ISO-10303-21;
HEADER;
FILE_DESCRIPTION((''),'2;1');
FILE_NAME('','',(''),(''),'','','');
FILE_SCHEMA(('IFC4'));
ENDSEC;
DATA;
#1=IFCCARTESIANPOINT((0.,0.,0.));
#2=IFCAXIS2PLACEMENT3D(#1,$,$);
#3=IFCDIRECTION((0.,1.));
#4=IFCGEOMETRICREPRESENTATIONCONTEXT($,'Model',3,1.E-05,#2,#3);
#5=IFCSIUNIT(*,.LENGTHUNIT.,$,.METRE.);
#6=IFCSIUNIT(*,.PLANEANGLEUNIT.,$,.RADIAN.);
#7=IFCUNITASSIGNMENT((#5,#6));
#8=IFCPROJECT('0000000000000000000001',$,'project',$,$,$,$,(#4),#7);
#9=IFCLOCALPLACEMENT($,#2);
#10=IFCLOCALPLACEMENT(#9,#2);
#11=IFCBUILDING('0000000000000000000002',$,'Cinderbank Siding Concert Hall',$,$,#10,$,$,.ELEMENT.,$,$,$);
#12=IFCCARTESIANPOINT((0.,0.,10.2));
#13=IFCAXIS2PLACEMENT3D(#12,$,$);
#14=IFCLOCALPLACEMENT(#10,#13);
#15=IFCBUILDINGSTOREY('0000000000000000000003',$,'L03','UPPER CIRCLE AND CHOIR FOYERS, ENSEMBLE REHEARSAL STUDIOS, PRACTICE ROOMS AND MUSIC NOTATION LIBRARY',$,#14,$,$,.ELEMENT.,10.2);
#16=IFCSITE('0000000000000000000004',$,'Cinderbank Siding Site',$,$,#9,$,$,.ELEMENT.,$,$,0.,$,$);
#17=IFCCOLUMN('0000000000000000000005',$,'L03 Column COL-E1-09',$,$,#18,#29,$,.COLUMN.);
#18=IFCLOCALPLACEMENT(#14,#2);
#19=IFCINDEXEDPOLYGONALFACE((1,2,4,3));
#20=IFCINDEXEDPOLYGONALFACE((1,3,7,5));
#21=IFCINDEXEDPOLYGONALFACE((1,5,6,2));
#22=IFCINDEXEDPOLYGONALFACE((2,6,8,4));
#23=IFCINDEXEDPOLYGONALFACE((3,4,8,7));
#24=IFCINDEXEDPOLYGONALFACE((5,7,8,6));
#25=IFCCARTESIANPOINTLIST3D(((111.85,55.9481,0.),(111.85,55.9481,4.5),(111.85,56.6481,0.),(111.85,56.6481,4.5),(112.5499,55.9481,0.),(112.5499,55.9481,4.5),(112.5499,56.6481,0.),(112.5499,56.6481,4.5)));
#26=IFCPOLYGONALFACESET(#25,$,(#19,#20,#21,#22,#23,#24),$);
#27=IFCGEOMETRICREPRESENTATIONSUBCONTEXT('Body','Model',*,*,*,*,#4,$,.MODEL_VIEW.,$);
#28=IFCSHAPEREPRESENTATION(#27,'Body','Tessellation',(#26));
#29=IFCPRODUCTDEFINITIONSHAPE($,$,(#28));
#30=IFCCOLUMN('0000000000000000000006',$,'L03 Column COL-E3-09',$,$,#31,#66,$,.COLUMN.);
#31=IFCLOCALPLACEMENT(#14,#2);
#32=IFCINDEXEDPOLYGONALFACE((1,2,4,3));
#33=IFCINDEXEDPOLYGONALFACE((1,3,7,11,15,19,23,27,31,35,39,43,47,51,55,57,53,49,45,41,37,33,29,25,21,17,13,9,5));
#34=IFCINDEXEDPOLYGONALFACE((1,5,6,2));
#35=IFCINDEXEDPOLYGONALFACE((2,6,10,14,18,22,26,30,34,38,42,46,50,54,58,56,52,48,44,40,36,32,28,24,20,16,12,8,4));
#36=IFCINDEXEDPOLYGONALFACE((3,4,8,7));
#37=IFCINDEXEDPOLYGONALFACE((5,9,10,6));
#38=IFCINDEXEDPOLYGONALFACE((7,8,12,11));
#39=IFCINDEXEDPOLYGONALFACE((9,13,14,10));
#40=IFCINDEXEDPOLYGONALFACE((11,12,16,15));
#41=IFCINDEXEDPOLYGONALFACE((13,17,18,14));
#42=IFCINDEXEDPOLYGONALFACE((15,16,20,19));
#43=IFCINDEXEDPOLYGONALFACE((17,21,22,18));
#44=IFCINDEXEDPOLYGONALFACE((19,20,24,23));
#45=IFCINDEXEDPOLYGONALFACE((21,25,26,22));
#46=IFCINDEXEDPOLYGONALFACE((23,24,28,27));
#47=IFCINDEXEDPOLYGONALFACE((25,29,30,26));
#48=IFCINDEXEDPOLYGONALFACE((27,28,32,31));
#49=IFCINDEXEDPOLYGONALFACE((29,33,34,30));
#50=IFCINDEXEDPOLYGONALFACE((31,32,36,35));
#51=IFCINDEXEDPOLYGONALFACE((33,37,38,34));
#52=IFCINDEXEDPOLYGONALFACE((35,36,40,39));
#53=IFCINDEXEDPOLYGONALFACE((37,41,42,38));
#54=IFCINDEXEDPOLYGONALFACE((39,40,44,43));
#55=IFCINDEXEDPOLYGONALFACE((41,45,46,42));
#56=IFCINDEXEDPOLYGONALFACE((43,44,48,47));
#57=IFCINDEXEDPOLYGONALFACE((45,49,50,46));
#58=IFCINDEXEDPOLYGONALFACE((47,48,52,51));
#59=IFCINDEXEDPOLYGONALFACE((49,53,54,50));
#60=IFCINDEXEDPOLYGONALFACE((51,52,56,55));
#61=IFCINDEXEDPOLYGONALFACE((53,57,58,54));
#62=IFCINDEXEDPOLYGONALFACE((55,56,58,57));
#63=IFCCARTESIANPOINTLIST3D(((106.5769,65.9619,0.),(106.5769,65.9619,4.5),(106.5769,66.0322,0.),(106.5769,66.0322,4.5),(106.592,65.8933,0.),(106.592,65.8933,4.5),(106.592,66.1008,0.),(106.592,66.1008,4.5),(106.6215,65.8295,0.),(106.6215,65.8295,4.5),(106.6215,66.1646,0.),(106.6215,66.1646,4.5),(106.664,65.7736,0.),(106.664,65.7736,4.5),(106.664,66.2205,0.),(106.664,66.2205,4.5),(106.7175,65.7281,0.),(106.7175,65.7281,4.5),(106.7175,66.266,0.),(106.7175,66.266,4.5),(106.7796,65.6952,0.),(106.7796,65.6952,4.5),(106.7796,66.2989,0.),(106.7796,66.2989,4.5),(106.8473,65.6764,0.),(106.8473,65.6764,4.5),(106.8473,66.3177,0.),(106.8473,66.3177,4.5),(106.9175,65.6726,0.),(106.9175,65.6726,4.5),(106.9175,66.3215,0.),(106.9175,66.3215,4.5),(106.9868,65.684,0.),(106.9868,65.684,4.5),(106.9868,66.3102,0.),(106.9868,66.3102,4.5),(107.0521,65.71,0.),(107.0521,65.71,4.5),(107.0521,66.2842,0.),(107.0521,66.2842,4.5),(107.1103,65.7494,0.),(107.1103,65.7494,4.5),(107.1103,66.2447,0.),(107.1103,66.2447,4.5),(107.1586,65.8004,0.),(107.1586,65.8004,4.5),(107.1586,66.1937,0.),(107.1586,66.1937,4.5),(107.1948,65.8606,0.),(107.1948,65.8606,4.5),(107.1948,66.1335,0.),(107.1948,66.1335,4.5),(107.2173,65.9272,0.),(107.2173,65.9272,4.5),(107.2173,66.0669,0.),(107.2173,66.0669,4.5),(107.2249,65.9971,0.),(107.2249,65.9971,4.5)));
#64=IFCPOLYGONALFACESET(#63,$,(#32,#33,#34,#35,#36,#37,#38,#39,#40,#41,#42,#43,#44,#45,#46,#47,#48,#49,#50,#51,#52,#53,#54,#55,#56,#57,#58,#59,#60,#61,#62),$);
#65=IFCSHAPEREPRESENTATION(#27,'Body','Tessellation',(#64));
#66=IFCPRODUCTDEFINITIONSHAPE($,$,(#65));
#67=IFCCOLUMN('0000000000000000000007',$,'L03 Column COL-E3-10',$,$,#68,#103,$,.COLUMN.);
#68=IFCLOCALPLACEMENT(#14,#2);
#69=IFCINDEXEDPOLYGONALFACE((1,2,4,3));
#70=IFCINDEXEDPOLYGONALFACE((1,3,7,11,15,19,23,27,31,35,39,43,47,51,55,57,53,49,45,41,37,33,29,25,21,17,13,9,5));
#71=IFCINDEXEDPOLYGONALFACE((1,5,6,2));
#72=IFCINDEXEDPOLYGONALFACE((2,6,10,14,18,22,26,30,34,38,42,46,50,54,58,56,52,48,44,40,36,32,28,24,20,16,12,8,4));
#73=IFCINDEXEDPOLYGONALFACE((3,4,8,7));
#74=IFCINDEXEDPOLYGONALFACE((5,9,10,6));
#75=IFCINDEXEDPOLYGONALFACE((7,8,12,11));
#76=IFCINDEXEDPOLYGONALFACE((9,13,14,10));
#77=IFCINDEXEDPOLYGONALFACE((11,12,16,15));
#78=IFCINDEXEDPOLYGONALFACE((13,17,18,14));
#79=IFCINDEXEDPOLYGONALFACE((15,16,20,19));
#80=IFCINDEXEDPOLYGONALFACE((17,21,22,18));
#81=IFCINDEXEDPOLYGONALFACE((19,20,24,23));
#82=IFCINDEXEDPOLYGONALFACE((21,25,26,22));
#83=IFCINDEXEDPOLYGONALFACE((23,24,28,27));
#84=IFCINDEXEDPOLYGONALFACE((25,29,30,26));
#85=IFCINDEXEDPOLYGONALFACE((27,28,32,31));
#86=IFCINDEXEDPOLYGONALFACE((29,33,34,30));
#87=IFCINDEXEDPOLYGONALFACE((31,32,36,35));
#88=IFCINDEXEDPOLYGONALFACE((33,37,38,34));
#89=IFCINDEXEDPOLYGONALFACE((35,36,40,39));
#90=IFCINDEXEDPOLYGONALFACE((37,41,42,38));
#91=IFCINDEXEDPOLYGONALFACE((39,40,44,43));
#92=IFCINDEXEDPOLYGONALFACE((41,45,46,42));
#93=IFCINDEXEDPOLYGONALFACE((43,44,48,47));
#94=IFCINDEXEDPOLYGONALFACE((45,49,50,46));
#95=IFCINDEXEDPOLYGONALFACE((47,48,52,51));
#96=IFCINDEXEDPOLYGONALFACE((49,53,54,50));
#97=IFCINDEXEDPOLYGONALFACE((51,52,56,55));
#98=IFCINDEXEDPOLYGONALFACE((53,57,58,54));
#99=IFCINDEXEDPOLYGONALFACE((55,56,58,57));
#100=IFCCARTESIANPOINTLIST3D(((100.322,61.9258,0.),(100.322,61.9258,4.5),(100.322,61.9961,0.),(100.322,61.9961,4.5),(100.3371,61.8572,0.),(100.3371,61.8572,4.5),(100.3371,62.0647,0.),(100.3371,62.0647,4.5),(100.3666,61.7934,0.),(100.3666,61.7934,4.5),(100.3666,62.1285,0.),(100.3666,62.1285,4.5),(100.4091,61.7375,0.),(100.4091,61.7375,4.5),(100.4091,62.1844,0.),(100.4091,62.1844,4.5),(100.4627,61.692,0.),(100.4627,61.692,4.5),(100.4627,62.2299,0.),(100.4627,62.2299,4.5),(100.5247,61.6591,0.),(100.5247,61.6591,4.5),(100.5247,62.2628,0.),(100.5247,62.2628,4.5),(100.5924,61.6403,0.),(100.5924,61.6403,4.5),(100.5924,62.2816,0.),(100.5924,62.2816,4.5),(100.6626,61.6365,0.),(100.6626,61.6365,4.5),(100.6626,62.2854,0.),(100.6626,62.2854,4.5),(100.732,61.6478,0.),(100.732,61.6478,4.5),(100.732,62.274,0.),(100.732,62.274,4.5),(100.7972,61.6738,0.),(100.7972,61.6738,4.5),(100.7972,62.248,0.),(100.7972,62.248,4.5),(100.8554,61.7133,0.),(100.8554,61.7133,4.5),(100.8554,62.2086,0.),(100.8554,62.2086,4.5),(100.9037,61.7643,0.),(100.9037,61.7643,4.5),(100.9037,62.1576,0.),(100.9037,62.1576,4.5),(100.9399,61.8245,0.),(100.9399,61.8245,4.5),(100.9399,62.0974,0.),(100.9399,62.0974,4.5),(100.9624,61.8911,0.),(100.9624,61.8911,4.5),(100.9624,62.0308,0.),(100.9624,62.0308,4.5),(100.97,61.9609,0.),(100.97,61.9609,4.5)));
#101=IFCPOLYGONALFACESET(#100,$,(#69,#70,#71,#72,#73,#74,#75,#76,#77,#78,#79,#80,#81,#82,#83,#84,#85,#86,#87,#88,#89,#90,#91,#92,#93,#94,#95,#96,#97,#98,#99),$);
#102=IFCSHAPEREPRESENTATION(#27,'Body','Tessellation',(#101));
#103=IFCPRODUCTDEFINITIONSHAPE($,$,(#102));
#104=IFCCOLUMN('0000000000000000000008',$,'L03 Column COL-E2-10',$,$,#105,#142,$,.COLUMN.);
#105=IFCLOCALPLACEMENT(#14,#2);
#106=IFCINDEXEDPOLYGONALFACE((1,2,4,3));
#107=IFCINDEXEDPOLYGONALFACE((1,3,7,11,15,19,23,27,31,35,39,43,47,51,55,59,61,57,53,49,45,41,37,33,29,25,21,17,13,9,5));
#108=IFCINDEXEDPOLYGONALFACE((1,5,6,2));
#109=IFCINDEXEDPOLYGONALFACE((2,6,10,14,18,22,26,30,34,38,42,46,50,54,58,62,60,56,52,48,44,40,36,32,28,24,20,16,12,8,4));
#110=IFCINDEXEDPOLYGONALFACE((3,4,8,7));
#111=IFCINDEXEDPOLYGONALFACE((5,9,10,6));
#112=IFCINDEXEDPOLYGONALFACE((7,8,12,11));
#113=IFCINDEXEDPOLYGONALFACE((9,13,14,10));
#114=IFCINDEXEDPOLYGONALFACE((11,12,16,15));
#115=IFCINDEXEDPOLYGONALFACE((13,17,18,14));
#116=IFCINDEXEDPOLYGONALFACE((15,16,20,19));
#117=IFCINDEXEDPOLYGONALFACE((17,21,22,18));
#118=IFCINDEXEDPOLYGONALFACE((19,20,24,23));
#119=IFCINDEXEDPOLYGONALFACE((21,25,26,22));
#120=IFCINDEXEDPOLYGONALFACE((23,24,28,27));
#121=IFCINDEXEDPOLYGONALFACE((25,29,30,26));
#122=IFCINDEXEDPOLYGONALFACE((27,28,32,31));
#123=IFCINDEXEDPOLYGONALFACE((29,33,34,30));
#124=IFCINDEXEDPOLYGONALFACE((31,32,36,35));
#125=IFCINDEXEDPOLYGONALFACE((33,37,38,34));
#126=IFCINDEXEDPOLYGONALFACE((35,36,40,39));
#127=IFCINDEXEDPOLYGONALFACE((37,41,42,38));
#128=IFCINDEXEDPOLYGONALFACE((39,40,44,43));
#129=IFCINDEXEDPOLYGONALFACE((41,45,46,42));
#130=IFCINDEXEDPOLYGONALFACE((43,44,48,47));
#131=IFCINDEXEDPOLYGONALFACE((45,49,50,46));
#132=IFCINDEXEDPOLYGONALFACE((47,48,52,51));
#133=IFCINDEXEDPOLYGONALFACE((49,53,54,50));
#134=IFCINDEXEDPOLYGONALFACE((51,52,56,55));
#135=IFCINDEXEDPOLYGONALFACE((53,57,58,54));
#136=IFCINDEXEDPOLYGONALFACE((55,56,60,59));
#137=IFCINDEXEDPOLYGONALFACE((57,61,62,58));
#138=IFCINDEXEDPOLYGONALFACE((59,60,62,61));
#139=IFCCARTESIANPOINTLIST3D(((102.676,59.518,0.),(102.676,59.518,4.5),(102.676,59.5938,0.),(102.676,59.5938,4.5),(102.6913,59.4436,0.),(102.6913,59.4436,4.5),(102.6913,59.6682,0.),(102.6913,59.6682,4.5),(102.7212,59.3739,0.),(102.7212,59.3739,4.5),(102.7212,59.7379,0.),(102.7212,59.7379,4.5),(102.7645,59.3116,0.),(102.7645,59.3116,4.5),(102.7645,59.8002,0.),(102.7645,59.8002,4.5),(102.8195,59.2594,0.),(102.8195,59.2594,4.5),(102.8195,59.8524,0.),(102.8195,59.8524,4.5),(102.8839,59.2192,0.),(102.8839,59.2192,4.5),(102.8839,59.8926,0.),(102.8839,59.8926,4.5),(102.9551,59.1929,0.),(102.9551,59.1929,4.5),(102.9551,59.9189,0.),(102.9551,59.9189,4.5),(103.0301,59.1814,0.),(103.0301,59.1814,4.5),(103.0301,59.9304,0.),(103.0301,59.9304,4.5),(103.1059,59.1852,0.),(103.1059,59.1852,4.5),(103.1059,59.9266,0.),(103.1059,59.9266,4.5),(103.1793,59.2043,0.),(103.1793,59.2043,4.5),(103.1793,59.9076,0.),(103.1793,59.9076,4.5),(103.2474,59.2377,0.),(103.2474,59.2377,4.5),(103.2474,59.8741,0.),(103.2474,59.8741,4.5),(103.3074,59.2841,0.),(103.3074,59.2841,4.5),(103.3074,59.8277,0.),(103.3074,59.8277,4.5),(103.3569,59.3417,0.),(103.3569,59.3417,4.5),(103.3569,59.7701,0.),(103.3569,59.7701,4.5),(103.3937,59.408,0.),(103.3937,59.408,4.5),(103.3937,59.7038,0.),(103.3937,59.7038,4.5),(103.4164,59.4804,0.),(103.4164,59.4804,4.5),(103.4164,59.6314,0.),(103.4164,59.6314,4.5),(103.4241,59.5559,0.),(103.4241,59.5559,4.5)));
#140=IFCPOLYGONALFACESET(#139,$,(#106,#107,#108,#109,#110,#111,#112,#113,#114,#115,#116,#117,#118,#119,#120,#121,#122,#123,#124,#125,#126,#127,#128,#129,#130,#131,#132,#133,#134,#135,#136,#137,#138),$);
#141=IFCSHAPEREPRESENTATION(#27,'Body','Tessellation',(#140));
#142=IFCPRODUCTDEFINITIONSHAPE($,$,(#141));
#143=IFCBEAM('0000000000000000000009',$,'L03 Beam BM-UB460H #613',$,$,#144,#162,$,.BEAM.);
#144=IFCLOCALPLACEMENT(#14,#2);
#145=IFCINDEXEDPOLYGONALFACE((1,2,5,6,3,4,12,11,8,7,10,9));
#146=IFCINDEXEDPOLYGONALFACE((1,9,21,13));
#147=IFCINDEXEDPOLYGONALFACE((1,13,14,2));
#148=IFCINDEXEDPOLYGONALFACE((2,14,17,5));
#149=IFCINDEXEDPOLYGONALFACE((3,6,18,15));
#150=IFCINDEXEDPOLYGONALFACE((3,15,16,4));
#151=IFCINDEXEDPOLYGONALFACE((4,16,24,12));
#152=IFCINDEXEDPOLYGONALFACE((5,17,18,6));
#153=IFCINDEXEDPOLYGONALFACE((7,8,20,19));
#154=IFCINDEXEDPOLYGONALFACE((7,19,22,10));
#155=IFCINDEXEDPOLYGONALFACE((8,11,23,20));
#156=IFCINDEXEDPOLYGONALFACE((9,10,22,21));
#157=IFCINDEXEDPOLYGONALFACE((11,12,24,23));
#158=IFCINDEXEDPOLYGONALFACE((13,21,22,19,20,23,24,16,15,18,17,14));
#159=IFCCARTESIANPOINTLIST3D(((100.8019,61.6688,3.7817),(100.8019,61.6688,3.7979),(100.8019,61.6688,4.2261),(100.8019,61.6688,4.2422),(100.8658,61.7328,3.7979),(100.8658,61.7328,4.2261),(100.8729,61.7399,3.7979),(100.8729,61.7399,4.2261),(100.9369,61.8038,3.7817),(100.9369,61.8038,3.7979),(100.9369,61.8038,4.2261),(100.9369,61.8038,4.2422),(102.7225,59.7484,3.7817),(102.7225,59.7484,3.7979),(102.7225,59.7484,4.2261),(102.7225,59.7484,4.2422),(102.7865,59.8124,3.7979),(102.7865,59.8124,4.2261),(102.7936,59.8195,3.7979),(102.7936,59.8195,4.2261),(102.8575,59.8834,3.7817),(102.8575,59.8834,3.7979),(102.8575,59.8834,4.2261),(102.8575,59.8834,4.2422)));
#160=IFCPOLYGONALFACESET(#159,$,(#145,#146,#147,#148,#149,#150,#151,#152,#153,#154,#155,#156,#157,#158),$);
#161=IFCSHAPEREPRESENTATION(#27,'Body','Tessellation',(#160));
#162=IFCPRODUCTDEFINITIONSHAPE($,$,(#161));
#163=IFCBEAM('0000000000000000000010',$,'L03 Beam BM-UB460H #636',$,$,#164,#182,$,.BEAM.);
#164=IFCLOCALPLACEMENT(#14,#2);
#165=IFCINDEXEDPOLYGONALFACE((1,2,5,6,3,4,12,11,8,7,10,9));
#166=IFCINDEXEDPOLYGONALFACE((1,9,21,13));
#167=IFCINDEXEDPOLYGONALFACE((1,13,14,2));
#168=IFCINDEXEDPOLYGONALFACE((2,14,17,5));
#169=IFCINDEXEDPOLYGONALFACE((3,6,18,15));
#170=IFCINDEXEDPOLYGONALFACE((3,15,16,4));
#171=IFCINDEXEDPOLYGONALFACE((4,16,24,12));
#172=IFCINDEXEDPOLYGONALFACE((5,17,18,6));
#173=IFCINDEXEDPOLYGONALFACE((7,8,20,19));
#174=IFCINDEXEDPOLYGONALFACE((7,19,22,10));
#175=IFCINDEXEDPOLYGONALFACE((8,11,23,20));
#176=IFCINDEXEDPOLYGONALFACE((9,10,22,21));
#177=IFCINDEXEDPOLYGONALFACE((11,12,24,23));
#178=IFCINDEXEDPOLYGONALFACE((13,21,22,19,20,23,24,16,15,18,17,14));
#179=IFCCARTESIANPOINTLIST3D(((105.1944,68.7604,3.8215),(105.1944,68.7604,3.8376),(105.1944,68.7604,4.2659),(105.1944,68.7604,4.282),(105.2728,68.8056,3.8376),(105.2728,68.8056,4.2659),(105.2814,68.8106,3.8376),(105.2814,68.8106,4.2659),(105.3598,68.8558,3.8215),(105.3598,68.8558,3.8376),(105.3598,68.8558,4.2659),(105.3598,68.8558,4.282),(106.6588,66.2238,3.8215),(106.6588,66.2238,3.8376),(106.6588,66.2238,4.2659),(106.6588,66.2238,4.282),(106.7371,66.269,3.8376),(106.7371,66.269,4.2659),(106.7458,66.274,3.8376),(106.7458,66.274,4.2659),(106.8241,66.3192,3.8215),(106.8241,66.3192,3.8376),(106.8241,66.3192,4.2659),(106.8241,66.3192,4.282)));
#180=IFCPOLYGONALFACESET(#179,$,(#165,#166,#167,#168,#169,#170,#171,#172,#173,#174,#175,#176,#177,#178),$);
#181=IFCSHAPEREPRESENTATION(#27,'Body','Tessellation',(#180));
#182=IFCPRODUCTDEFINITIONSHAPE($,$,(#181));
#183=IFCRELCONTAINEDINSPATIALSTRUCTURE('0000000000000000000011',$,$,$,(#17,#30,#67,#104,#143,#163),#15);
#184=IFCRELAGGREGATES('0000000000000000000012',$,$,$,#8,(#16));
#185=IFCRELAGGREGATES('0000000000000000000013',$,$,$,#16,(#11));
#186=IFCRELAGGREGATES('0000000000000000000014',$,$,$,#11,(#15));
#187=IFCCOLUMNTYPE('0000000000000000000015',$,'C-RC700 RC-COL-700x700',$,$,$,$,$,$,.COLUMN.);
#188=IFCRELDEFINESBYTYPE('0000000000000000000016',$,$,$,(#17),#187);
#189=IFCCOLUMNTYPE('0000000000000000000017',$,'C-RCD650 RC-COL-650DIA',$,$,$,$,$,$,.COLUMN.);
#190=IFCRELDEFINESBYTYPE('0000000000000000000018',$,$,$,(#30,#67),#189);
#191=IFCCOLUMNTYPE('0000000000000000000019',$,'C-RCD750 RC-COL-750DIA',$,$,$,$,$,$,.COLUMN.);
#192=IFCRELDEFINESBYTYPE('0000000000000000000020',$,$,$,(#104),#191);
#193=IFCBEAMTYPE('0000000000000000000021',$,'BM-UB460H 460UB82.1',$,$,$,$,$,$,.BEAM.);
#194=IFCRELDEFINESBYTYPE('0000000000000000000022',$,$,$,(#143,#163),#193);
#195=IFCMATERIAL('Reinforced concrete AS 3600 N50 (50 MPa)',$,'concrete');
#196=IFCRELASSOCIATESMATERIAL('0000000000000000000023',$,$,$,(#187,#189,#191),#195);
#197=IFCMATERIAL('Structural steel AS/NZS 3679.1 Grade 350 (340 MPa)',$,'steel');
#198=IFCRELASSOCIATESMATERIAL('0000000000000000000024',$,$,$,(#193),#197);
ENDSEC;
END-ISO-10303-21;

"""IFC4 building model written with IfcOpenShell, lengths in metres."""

from ifc_helpers import new_model, si_unit, direction, frame, origin, origin_2d, place, context, subcontext, project, spatial, rectangle, circle, i_section, extrude, material, material_profile, profile_set, type_object, element, save


model = new_model("IFC4")

# Units and contexts
model_context = context("Model", 3, precision=1e-05, world=origin(), true_north=direction((0.0, 1.0)))
body_context = subcontext(model_context, "Body", "Model", "MODEL_VIEW")
ifc_project = project(units=[si_unit("LENGTHUNIT", "METRE"), si_unit("PLANEANGLEUNIT", "RADIAN")], contexts=[model_context])

# Site, building, storey
site_placement = place(None, origin())
site = spatial("IfcSite", under=ifc_project, at=site_placement, Name="Cinderbank Siding Site", CompositionType="ELEMENT", RefElevation=0.0)
building_placement = place(site_placement, origin())
building = spatial("IfcBuilding", under=site, at=building_placement, Name="Cinderbank Siding Concert Hall", CompositionType="ELEMENT")
storey_placement = place(building_placement, frame((0.0, 0.0, 10.2)))
storey = spatial("IfcBuildingStorey", under=building, at=storey_placement, Name="L03", Description="UPPER CIRCLE AND CHOIR FOYERS, ENSEMBLE REHEARSAL STUDIOS, PRACTICE ROOMS AND MUSIC NOTATION LIBRARY", CompositionType="ELEMENT", Elevation=10.2)

# Columns
ifc_material_1 = material(Name="Reinforced concrete AS 3600 N50 (50 MPa)", Category="concrete")
ifc_material_profile_1 = material_profile(ifc_material_1, rectangle(XDim=0.7, YDim=0.7, at=origin_2d()), Name="RC-COL-700x700", Category="LoadBearing")
ifc_profile_set_1 = profile_set([ifc_material_profile_1], Name="Reinforced concrete AS 3600 N50 (50 MPa)")
column_type_1 = type_object("IfcColumnType", Name="C-RC700 RC-COL-700x700", PredefinedType="COLUMN", material=ifc_profile_set_1)
column_1_placement = place(storey_placement, frame((112.2, 56.2981, 0.0), z_axis=(0.0, 0.0, 1.0), x_axis=(1.0, 0.0, 0.0)))
element("IfcColumn", 1, at=column_1_placement, inside=storey, type_object=column_type_1, Name="L03 Column COL-E1-09", PredefinedType="COLUMN", context=body_context, shape_type="SweptSolid", body=[
    extrude(rectangle(XDim=0.7, YDim=0.7, at=origin_2d()), origin(), (0.0, 0.0, 1.0), 4.5),
])
ifc_material_profile_2 = material_profile(ifc_material_1, circle(Radius=0.325, at=origin_2d()), Name="RC-COL-650DIA", Category="LoadBearing")
ifc_profile_set_2 = profile_set([ifc_material_profile_2], Name="Reinforced concrete AS 3600 N50 (50 MPa)")
column_type_2 = type_object("IfcColumnType", Name="C-RCD650 RC-COL-650DIA", PredefinedType="COLUMN", material=ifc_profile_set_2)
for number, where, z_axis, x_axis, name in (
    (2, (106.8999, 65.9971, 0.0), (0.0, 0.0, 1.0), (1.0, 0.0, 0.0), "L03 Column COL-E3-09"),
    (3, (100.645, 61.9609, 0.0), (0.0, 0.0, 1.0), (1.0, 0.0, 0.0), "L03 Column COL-E3-10"),
):
    element("IfcColumn", number, at=place(storey_placement, frame(where, z_axis=z_axis, x_axis=x_axis)), inside=storey, type_object=column_type_2, Name=name, PredefinedType="COLUMN", context=body_context, shape_type="SweptSolid", body=[
        extrude(circle(Radius=0.325, at=origin_2d()), origin(), (0.0, 0.0, 1.0), 4.5),
    ])
ifc_material_profile_3 = material_profile(ifc_material_1, circle(Radius=0.375, at=origin_2d()), Name="RC-COL-750DIA", Category="LoadBearing")
ifc_profile_set_3 = profile_set([ifc_material_profile_3], Name="Reinforced concrete AS 3600 N50 (50 MPa)")
column_type_3 = type_object("IfcColumnType", Name="C-RCD750 RC-COL-750DIA", PredefinedType="COLUMN", material=ifc_profile_set_3)
column_2_placement = place(storey_placement, frame((103.0491, 59.5559, 0.0), z_axis=(0.0, 0.0, 1.0), x_axis=(1.0, 0.0, 0.0)))
element("IfcColumn", 4, at=column_2_placement, inside=storey, type_object=column_type_3, Name="L03 Column COL-E2-10", PredefinedType="COLUMN", context=body_context, shape_type="SweptSolid", body=[
    extrude(circle(Radius=0.375, at=origin_2d()), origin(), (0.0, 0.0, 1.0), 4.5),
])

# Beams
ifc_material_2 = material(Name="Structural steel AS/NZS 3679.1 Grade 350 (340 MPa)", Category="steel")
ifc_material_profile_4 = material_profile(ifc_material_2, i_section(OverallWidth=0.1909, OverallDepth=0.4604, WebThickness=0.01, FlangeThickness=0.0161, at=origin_2d()), Name="460UB82.1", Category="LoadBearing")
ifc_profile_set_4 = profile_set([ifc_material_profile_4], Name="Structural steel AS/NZS 3679.1 Grade 350 (340 MPa)")
beam_type_1 = type_object("IfcBeamType", Name="BM-UB460H 460UB82.1", PredefinedType="BEAM", material=ifc_profile_set_4)
beam_1_placement = place(storey_placement, frame((102.79, 59.8159, 4.012), z_axis=(-0.707152, 0.707062, 0.0), x_axis=(-0.707062, -0.707152, 0.0)))
element("IfcBeam", 5, at=beam_1_placement, inside=storey, type_object=beam_type_1, Name="L03 Beam BM-UB460H #613", PredefinedType="BEAM", context=body_context, shape_type="SweptSolid", body=[
    extrude(i_section(OverallWidth=0.1909, OverallDepth=0.4604, WebThickness=0.01, FlangeThickness=0.0161, at=origin_2d()), origin(), (0.0, 0.0, 1.0), 2.7161),
])
for number, where, z_axis, x_axis, name in (
    (6, (106.7415, 66.2715, 4.0518), (-0.499958, 0.86605, 0.0), (-0.86605, -0.499958, 0.0), "L03 Beam BM-UB460H #636"),
):
    element("IfcBeam", number, at=place(storey_placement, frame(where, z_axis=z_axis, x_axis=x_axis)), inside=storey, type_object=beam_type_1, Name=name, PredefinedType="BEAM", context=body_context, shape_type="SweptSolid", body=[
        extrude(i_section(OverallWidth=0.1909, OverallDepth=0.4604, WebThickness=0.01, FlangeThickness=0.0161, at=origin_2d()), origin(), (0.0, 0.0, 1.0), 2.929),
    ])

save(model, "model.ifc")
